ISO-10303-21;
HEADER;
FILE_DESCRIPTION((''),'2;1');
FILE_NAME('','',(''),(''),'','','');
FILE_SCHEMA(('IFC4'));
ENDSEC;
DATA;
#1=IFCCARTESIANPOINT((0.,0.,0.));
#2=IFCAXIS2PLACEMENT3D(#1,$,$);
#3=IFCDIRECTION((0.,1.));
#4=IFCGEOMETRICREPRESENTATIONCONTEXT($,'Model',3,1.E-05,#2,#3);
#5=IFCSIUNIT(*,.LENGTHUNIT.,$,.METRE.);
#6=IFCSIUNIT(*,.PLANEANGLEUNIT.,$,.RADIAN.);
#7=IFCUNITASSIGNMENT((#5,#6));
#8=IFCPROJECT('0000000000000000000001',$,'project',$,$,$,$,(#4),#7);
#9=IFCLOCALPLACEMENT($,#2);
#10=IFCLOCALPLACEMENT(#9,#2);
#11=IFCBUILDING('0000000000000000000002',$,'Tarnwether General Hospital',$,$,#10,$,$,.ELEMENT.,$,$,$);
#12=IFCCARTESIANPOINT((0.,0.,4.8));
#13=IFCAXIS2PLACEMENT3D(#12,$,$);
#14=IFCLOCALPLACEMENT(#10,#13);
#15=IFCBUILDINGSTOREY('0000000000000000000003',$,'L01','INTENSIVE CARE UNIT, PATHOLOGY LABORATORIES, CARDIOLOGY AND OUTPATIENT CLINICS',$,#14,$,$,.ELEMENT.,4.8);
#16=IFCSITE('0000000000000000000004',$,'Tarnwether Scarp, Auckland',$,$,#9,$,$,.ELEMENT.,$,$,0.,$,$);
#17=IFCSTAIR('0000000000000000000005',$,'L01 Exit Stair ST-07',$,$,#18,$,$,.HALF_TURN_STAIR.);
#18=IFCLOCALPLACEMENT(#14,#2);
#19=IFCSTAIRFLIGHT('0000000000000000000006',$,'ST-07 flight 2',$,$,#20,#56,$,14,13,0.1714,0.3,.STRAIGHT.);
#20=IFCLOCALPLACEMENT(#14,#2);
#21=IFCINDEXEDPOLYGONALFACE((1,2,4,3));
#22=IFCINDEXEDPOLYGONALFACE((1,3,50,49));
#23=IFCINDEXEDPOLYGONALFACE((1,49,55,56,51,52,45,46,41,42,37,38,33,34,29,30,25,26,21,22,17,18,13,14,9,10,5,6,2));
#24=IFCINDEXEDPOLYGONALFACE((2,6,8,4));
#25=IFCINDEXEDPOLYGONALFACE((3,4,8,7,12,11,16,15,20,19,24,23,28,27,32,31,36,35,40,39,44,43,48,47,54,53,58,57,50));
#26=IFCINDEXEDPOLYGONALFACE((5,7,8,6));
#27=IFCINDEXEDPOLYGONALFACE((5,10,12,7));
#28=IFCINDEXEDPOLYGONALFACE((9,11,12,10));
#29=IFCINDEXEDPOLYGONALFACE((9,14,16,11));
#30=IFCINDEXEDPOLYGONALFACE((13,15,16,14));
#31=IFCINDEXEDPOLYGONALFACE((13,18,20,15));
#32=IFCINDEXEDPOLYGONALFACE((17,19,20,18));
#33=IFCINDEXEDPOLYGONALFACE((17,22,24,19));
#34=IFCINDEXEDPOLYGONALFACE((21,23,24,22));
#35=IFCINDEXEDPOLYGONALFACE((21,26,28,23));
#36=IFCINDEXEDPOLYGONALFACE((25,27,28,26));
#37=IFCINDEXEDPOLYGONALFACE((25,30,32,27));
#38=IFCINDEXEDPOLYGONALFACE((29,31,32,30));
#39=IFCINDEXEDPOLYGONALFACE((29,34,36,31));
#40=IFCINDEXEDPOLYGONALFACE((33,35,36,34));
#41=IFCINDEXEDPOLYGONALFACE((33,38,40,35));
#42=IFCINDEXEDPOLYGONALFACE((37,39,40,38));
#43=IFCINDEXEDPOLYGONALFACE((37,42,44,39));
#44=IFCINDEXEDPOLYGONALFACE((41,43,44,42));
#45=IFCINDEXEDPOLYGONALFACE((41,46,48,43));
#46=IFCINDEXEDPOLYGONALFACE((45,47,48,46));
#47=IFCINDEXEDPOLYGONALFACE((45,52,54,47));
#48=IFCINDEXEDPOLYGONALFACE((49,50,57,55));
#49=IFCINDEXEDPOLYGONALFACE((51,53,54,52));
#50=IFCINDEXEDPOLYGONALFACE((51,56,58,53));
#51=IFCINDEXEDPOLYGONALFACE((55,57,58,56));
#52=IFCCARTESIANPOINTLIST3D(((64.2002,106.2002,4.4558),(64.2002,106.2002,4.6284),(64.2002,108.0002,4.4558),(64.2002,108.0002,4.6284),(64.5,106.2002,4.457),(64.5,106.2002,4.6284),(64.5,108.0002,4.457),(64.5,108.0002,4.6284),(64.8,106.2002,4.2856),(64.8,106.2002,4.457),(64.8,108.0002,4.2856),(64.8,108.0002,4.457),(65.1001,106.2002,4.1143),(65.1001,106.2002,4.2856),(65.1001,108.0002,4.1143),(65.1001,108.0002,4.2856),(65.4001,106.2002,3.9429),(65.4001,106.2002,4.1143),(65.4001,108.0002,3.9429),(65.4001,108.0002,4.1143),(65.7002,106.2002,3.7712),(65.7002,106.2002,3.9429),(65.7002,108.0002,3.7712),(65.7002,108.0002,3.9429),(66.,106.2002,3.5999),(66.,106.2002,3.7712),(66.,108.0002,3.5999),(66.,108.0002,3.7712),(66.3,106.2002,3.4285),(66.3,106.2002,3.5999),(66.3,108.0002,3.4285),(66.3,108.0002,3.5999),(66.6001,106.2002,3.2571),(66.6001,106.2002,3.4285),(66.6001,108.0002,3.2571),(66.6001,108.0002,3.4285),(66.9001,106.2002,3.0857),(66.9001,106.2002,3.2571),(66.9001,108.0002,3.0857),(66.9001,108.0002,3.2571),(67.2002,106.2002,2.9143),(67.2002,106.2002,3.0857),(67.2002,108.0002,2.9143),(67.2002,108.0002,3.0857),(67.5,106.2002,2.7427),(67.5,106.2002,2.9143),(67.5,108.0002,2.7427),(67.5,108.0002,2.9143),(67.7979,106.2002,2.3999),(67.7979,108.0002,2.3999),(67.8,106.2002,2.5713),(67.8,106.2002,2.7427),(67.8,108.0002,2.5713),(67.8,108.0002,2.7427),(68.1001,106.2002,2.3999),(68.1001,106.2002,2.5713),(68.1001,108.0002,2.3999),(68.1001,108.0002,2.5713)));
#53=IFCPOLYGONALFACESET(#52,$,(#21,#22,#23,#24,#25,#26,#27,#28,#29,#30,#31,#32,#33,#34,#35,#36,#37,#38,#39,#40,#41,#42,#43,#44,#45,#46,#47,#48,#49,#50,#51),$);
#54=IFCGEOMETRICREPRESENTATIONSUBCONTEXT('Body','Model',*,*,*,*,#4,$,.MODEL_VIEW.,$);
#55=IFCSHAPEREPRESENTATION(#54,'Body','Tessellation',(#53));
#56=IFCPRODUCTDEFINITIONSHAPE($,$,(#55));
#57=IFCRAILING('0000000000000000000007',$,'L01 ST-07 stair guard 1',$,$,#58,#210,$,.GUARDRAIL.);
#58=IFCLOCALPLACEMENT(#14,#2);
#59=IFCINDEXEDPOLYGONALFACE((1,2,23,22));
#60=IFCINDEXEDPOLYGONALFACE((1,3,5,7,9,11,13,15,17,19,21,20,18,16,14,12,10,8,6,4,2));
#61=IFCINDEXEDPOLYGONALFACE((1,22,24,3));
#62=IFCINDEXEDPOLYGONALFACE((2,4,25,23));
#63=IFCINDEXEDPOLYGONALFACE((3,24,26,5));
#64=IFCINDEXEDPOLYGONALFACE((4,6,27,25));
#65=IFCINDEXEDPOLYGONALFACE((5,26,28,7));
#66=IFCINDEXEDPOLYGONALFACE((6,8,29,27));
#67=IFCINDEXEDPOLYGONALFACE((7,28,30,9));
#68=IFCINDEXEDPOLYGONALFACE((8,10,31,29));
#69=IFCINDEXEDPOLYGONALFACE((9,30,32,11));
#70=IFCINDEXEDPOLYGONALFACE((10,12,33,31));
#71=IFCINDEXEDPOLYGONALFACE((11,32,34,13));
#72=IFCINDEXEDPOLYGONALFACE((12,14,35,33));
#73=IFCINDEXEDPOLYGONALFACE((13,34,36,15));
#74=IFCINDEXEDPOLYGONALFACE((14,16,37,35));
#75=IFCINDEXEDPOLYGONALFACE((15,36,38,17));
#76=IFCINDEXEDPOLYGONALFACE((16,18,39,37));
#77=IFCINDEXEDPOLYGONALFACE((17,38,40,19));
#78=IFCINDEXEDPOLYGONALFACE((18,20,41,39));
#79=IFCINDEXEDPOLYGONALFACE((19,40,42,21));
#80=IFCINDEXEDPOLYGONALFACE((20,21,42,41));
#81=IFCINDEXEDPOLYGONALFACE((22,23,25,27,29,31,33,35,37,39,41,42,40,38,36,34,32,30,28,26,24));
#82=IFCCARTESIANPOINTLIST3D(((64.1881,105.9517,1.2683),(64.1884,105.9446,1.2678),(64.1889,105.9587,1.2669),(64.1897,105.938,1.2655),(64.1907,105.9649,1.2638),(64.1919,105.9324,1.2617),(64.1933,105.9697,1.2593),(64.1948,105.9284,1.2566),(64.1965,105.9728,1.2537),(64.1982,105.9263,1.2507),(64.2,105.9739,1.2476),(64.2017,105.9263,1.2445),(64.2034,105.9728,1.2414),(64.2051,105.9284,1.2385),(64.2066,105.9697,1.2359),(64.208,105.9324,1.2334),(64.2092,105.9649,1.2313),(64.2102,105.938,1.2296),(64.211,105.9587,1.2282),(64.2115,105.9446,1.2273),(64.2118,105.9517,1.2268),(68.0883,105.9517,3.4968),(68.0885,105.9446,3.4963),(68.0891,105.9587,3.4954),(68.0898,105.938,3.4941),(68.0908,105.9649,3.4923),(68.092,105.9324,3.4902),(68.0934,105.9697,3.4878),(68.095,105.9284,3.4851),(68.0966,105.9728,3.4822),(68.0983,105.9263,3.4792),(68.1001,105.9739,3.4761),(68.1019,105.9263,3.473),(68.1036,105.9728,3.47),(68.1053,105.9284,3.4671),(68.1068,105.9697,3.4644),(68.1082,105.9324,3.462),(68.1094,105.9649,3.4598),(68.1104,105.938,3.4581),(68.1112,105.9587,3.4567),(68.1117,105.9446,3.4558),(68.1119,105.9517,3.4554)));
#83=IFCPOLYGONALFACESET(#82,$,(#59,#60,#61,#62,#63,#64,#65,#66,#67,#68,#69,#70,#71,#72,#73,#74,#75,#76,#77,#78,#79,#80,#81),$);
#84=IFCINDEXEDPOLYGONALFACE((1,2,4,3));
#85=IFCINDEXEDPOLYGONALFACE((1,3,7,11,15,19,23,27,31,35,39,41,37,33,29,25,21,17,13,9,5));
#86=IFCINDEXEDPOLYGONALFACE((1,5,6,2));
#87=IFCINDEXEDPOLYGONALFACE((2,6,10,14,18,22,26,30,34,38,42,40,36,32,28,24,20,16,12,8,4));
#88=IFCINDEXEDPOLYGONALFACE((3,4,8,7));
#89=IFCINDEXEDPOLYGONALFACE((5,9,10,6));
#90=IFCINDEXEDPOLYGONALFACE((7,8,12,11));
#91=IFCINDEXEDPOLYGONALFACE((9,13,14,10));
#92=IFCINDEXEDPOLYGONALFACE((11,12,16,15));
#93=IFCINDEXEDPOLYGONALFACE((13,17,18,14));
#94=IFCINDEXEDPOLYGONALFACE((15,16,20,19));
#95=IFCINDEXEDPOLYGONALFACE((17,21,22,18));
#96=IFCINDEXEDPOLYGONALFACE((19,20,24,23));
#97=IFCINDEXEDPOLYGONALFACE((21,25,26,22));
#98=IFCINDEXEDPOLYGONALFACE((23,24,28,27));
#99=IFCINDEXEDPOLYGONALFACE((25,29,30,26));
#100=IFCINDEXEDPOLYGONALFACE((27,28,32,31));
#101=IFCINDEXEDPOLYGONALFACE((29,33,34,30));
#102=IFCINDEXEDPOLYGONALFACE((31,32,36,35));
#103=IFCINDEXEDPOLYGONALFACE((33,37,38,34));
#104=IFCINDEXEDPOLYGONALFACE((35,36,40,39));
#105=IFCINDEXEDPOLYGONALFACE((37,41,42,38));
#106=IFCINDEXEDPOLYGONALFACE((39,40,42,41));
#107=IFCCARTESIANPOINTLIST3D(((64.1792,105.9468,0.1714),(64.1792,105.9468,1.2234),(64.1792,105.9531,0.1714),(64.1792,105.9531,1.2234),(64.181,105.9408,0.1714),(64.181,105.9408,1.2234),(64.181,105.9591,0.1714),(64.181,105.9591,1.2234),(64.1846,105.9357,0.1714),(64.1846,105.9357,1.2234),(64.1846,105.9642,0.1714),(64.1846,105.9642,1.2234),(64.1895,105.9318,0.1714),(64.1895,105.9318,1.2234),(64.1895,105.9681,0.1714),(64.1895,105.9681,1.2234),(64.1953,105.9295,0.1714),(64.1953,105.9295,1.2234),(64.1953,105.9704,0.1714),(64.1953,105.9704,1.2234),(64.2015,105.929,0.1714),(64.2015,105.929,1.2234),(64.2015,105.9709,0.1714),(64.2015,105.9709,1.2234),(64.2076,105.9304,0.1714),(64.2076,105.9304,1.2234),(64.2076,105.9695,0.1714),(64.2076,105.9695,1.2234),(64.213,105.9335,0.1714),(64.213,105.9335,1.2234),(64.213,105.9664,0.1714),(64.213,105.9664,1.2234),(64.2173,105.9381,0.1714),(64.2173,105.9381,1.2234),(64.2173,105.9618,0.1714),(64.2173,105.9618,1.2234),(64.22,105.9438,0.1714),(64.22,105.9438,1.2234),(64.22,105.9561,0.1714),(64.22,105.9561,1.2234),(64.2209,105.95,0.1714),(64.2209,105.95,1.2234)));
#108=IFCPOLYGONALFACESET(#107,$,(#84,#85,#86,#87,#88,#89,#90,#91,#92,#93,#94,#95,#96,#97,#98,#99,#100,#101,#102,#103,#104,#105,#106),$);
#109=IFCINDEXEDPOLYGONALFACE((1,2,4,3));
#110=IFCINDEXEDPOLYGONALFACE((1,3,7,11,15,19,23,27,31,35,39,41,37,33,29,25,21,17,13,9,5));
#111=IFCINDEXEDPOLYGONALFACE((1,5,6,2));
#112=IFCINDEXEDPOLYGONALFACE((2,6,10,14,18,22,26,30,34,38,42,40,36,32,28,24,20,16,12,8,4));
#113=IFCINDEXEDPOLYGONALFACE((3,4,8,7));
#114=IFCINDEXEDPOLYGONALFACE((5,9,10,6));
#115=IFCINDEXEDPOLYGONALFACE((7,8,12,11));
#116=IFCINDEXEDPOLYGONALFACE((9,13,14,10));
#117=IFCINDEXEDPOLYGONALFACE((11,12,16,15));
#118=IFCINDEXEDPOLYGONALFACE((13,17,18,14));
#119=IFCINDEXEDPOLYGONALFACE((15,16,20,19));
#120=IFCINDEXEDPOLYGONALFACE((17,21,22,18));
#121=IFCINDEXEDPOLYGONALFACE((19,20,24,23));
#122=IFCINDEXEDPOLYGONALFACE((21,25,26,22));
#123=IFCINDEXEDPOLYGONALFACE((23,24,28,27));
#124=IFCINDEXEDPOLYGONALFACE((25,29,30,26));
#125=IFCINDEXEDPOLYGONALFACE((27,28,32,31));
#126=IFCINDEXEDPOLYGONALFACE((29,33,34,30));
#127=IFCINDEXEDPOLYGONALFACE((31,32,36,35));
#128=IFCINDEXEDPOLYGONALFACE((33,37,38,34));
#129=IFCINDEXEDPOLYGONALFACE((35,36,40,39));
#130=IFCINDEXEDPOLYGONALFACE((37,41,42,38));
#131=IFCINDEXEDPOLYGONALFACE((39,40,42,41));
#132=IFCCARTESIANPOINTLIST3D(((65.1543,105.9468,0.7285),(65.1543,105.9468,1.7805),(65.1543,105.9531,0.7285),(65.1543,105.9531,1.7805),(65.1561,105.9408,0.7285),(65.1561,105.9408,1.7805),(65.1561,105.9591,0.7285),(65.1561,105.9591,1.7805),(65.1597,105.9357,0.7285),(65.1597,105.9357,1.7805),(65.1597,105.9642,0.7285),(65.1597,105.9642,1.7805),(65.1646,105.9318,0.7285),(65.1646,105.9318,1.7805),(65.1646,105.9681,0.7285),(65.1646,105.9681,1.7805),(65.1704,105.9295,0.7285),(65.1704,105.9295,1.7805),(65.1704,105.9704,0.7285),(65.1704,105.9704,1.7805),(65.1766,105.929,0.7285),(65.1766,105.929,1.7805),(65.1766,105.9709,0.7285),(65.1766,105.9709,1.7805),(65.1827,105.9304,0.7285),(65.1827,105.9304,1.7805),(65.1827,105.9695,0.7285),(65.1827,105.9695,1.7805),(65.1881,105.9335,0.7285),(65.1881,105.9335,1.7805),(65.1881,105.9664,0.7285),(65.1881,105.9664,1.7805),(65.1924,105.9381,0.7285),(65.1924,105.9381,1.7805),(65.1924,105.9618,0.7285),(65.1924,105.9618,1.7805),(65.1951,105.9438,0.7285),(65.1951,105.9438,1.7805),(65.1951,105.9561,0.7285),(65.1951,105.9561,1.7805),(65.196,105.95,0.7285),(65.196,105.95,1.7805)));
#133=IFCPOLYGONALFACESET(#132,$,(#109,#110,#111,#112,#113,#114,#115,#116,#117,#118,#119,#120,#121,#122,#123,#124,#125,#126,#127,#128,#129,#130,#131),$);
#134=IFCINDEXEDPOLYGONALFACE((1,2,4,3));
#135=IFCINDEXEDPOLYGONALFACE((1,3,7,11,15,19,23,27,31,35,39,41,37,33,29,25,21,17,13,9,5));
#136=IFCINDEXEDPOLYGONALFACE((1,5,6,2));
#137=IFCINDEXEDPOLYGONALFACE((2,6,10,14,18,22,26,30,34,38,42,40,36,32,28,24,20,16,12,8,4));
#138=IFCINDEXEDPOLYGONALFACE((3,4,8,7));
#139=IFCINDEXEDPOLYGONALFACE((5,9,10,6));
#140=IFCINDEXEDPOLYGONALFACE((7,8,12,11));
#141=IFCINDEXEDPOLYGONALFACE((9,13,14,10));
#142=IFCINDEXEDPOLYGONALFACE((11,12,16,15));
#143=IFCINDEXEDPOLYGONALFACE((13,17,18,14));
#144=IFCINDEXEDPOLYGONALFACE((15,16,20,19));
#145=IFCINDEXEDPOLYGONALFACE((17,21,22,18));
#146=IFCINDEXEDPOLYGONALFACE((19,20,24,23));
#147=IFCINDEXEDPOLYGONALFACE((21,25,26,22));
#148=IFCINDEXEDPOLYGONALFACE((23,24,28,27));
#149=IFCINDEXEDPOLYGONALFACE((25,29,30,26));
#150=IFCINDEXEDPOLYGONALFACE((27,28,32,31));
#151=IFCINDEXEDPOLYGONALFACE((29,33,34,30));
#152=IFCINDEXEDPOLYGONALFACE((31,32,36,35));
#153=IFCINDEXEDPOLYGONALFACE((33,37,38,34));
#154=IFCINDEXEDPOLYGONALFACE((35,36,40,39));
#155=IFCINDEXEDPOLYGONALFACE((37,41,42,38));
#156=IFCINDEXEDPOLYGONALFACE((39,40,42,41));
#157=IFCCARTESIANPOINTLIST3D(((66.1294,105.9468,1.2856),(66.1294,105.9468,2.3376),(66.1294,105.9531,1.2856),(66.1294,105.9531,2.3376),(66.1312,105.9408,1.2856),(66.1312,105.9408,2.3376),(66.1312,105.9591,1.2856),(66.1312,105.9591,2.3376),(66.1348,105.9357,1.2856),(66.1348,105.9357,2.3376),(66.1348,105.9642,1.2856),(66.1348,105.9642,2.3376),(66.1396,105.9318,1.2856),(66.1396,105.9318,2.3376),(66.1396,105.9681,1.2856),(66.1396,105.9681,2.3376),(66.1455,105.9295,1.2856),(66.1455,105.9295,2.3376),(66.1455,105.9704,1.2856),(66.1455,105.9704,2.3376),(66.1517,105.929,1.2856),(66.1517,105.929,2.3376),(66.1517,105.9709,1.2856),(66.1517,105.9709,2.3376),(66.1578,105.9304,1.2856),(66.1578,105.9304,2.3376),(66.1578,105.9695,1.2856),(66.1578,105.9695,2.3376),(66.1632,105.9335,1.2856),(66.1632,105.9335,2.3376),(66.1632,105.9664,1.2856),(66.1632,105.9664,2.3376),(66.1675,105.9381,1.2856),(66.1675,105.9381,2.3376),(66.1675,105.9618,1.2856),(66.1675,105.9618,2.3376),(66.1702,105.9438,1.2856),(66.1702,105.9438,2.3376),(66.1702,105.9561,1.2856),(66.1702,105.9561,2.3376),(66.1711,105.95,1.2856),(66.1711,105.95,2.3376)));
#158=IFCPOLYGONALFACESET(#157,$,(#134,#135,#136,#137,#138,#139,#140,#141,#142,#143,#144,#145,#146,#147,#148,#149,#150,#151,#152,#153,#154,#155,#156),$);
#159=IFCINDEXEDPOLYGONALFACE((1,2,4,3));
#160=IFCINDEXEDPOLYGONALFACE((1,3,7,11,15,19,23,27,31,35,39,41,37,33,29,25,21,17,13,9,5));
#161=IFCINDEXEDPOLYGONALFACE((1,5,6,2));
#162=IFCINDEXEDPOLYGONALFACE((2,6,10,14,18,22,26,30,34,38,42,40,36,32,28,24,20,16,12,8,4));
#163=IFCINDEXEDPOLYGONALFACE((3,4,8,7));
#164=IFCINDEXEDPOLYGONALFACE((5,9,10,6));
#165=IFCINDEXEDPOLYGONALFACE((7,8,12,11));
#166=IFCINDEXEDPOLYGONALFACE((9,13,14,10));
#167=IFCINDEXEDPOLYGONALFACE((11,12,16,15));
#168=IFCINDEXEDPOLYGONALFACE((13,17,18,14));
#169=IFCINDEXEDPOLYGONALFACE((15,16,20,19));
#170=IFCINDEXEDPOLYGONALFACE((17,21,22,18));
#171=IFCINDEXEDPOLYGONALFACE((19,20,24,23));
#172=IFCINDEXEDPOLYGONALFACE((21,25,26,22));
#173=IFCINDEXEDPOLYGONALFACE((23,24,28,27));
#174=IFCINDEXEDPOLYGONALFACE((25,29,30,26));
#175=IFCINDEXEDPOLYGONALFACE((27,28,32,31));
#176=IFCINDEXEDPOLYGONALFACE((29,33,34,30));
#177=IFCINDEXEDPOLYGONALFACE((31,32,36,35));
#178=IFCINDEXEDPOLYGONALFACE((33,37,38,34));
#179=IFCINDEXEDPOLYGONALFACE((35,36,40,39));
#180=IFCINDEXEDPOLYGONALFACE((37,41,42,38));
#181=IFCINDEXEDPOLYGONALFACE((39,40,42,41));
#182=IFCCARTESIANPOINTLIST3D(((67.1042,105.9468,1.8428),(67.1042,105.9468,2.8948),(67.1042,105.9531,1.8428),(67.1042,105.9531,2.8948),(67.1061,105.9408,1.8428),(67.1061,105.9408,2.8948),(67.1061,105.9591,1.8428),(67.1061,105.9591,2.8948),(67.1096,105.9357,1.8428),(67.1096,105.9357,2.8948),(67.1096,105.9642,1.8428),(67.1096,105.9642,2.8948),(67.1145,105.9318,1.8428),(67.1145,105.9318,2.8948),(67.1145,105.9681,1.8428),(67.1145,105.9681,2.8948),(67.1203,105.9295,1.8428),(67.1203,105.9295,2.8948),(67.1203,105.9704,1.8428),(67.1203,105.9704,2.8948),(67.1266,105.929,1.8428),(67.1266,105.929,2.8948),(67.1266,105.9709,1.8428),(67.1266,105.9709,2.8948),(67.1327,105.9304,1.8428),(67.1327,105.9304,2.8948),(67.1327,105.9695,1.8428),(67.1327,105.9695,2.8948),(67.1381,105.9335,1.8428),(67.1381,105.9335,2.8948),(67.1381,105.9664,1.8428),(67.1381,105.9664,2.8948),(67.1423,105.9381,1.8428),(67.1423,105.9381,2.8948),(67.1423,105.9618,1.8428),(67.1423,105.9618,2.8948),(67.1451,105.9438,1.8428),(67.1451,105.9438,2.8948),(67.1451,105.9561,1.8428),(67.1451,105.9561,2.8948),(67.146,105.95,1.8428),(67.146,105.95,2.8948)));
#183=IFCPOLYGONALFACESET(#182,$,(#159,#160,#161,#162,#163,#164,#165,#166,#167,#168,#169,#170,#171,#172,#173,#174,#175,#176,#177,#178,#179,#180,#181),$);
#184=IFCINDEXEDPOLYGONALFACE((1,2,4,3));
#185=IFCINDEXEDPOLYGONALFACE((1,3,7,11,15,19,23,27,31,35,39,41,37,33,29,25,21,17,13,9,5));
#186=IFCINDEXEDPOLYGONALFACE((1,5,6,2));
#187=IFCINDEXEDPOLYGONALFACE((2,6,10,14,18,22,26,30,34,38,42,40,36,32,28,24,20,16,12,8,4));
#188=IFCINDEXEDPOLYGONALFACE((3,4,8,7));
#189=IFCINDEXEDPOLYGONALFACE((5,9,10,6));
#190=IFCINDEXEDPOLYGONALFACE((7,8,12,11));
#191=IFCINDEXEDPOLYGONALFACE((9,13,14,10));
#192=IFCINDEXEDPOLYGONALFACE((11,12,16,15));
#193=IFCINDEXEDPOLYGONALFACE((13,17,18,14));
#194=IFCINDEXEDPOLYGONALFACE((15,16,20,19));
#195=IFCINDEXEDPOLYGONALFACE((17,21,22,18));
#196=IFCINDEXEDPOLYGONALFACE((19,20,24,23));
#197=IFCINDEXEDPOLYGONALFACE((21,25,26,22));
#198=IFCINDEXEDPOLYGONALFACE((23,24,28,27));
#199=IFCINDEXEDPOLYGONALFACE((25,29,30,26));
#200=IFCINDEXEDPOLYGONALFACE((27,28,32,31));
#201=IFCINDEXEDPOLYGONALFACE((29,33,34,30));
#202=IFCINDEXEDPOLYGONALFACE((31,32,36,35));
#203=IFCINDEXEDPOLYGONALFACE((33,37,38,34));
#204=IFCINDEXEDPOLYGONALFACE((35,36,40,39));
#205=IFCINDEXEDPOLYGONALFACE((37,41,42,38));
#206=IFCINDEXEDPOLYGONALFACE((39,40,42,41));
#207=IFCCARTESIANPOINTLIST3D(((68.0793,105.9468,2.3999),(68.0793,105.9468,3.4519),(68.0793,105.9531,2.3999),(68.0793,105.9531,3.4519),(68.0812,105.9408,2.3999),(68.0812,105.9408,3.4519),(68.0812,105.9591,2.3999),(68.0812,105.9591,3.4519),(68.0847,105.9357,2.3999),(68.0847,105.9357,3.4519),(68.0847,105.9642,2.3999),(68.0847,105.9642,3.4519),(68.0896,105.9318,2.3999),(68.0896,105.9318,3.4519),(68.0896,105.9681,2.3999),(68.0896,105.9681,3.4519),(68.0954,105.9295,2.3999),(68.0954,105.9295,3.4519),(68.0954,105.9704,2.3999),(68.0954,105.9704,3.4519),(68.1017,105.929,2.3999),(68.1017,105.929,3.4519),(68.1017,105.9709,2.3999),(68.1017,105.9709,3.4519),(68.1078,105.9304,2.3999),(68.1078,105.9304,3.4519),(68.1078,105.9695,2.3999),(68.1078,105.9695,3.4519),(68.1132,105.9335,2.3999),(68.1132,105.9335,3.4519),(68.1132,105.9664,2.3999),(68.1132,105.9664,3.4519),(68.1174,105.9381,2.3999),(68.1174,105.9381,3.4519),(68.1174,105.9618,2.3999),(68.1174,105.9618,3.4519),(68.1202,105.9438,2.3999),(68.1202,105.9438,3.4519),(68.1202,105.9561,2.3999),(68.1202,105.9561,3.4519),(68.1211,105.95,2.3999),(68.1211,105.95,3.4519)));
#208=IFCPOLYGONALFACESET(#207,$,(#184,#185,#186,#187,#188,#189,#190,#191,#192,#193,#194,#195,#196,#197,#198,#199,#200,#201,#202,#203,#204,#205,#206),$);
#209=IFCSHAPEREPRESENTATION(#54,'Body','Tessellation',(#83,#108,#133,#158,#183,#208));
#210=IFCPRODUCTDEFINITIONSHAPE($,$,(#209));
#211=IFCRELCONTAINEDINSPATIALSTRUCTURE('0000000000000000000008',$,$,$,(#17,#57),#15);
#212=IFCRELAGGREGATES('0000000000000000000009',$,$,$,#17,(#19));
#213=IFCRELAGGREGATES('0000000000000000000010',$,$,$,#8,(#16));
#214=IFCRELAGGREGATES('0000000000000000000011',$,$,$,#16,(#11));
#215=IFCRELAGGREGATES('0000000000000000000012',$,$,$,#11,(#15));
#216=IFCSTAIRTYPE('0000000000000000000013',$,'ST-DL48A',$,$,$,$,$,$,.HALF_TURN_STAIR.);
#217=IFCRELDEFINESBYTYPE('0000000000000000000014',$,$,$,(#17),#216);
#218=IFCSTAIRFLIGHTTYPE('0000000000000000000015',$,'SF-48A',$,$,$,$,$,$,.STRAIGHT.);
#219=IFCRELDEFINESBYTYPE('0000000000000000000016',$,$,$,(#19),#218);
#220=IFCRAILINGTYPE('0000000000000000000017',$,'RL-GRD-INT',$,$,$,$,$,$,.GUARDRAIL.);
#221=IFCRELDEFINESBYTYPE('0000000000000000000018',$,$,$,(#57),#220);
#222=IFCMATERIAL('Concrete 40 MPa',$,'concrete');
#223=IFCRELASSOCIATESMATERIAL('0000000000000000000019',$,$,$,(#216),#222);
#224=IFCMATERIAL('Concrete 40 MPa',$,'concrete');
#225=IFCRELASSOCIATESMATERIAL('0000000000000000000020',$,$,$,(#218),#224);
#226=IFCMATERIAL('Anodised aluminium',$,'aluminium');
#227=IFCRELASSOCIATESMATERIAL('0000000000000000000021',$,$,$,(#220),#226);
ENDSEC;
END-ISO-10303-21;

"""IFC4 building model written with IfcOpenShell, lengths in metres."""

from ifc_helpers import new_model, si_unit, direction, frame, origin, origin_2d, place, context, subcontext, project, spatial, polyline, circle, outline, extrude, material, type_object, element, aggregate, save


model = new_model("IFC4")

# Units and contexts
model_context = context("Model", 3, precision=1e-05, world=origin(), true_north=direction((0.0, 1.0)))
body_context = subcontext(model_context, "Body", "Model", "MODEL_VIEW")
ifc_project = project(units=[si_unit("LENGTHUNIT", "METRE"), si_unit("PLANEANGLEUNIT", "RADIAN")], contexts=[model_context])

# Site, building, storey
site_placement = place(None, origin())
site = spatial("IfcSite", under=ifc_project, at=site_placement, Name="Tarnwether Scarp, Auckland", CompositionType="ELEMENT", RefElevation=0.0)
building_placement = place(site_placement, origin())
building = spatial("IfcBuilding", under=site, at=building_placement, Name="Tarnwether General Hospital", CompositionType="ELEMENT")
storey_placement = place(building_placement, frame((0.0, 0.0, 4.8)))
storey = spatial("IfcBuildingStorey", under=building, at=storey_placement, Name="L01", Description="INTENSIVE CARE UNIT, PATHOLOGY LABORATORIES, CARDIOLOGY AND OUTPATIENT CLINICS", CompositionType="ELEMENT", Elevation=4.8)

# Stair, stair flight
ifc_material_1 = material(Name="Concrete 40 MPa", Category="concrete")
stair_type = type_object("IfcStairType", Name="ST-DL48A", PredefinedType="HALF_TURN_STAIR", material=ifc_material_1)
stair_placement = place(storey_placement, origin())
stair = element("IfcStair", 1, at=stair_placement, inside=storey, type_object=stair_type, Name="L01 Exit Stair ST-07", PredefinedType="HALF_TURN_STAIR")
ifc_material_2 = material(Name="Concrete 40 MPa", Category="concrete")
stair_flight_type = type_object("IfcStairFlightType", Name="SF-48A", PredefinedType="STRAIGHT", material=ifc_material_2)
stair_flight_1_placement = place(storey_placement, frame((68.1001, 107.1001, 2.3999), z_axis=(0.0, 0.0, 1.0), x_axis=(-1.0, 0.0, 0.0)))
stair_flight_1 = element("IfcStairFlight", 2, at=stair_flight_1_placement, type_object=stair_flight_type, Name="ST-07 flight 2", NumberOfRisers=14, NumberOfTreads=13, PredefinedType="STRAIGHT", RiserHeight=0.1714, TreadLength=0.3, context=body_context, shape_type="SweptSolid", body=[
    extrude(outline(polyline([(0.0, 0.0), (0.0, 0.1714), (0.3, 0.1714), (0.3, 0.3428), (0.6001, 0.3428), (0.6001, 0.5144), (0.8999, 0.5144), (0.8999, 0.6858), (1.2, 0.6858), (1.2, 0.8572), (1.5, 0.8572), (1.5, 1.0286), (1.8, 1.0286), (1.8, 1.2), (2.1001, 1.2), (2.1001, 1.3713), (2.3999, 1.3713), (2.3999, 1.543), (2.7, 1.543), (2.7, 1.7144), (3.0, 1.7144), (3.0, 1.8857), (3.3, 1.8857), (3.3, 2.0571), (3.6001, 2.0571), (3.6001, 2.2285), (3.8999, 2.2285), (3.8999, 2.3999), (3.8999, 2.0559), (0.3022, 0.0), (0.0, 0.0)])), frame((0.0, 0.8999, 0.0), z_axis=(0.0, -1.0, 0.0), x_axis=(1.0, 0.0, 0.0)), (0.0, 0.0, 1.0), 1.8),
])
aggregate(stair, [stair_flight_1])

# Railing
ifc_material_3 = material(Name="Anodised aluminium", Category="aluminium")
railing_type_1 = type_object("IfcRailingType", Name="RL-GRD-INT", PredefinedType="GUARDRAIL", material=ifc_material_3)
railing_1_placement = place(storey_placement, frame((64.2, 105.95, 0.1714)))
element("IfcRailing", 3, at=railing_1_placement, inside=storey, type_object=railing_type_1, Name="L01 ST-07 stair guard 1", PredefinedType="GUARDRAIL", context=body_context, shape_type="SweptSolid", body=[
    extrude(circle(Radius=0.0239, at=origin_2d()), frame((0.0, 0.0, 1.0762), z_axis=(0.868257, 0.0, 0.496116), x_axis=(0.0, 1.0, 0.0)), (0.0, 0.0, 1.0), 4.4919),
    extrude(circle(Radius=0.021, at=origin_2d()), origin(), (0.0, 0.0, 1.0), 1.052),
    extrude(circle(Radius=0.021, at=origin_2d()), frame((0.9751, 0.0, 0.5571)), (0.0, 0.0, 1.0), 1.052),
    extrude(circle(Radius=0.021, at=origin_2d()), frame((1.9502, 0.0, 1.1143)), (0.0, 0.0, 1.0), 1.052),
    extrude(circle(Radius=0.021, at=origin_2d()), frame((2.925, 0.0, 1.6714)), (0.0, 0.0, 1.0), 1.052),
    extrude(circle(Radius=0.021, at=origin_2d()), frame((3.9001, 0.0, 2.2285)), (0.0, 0.0, 1.0), 1.052),
])

save(model, "model.ifc")
